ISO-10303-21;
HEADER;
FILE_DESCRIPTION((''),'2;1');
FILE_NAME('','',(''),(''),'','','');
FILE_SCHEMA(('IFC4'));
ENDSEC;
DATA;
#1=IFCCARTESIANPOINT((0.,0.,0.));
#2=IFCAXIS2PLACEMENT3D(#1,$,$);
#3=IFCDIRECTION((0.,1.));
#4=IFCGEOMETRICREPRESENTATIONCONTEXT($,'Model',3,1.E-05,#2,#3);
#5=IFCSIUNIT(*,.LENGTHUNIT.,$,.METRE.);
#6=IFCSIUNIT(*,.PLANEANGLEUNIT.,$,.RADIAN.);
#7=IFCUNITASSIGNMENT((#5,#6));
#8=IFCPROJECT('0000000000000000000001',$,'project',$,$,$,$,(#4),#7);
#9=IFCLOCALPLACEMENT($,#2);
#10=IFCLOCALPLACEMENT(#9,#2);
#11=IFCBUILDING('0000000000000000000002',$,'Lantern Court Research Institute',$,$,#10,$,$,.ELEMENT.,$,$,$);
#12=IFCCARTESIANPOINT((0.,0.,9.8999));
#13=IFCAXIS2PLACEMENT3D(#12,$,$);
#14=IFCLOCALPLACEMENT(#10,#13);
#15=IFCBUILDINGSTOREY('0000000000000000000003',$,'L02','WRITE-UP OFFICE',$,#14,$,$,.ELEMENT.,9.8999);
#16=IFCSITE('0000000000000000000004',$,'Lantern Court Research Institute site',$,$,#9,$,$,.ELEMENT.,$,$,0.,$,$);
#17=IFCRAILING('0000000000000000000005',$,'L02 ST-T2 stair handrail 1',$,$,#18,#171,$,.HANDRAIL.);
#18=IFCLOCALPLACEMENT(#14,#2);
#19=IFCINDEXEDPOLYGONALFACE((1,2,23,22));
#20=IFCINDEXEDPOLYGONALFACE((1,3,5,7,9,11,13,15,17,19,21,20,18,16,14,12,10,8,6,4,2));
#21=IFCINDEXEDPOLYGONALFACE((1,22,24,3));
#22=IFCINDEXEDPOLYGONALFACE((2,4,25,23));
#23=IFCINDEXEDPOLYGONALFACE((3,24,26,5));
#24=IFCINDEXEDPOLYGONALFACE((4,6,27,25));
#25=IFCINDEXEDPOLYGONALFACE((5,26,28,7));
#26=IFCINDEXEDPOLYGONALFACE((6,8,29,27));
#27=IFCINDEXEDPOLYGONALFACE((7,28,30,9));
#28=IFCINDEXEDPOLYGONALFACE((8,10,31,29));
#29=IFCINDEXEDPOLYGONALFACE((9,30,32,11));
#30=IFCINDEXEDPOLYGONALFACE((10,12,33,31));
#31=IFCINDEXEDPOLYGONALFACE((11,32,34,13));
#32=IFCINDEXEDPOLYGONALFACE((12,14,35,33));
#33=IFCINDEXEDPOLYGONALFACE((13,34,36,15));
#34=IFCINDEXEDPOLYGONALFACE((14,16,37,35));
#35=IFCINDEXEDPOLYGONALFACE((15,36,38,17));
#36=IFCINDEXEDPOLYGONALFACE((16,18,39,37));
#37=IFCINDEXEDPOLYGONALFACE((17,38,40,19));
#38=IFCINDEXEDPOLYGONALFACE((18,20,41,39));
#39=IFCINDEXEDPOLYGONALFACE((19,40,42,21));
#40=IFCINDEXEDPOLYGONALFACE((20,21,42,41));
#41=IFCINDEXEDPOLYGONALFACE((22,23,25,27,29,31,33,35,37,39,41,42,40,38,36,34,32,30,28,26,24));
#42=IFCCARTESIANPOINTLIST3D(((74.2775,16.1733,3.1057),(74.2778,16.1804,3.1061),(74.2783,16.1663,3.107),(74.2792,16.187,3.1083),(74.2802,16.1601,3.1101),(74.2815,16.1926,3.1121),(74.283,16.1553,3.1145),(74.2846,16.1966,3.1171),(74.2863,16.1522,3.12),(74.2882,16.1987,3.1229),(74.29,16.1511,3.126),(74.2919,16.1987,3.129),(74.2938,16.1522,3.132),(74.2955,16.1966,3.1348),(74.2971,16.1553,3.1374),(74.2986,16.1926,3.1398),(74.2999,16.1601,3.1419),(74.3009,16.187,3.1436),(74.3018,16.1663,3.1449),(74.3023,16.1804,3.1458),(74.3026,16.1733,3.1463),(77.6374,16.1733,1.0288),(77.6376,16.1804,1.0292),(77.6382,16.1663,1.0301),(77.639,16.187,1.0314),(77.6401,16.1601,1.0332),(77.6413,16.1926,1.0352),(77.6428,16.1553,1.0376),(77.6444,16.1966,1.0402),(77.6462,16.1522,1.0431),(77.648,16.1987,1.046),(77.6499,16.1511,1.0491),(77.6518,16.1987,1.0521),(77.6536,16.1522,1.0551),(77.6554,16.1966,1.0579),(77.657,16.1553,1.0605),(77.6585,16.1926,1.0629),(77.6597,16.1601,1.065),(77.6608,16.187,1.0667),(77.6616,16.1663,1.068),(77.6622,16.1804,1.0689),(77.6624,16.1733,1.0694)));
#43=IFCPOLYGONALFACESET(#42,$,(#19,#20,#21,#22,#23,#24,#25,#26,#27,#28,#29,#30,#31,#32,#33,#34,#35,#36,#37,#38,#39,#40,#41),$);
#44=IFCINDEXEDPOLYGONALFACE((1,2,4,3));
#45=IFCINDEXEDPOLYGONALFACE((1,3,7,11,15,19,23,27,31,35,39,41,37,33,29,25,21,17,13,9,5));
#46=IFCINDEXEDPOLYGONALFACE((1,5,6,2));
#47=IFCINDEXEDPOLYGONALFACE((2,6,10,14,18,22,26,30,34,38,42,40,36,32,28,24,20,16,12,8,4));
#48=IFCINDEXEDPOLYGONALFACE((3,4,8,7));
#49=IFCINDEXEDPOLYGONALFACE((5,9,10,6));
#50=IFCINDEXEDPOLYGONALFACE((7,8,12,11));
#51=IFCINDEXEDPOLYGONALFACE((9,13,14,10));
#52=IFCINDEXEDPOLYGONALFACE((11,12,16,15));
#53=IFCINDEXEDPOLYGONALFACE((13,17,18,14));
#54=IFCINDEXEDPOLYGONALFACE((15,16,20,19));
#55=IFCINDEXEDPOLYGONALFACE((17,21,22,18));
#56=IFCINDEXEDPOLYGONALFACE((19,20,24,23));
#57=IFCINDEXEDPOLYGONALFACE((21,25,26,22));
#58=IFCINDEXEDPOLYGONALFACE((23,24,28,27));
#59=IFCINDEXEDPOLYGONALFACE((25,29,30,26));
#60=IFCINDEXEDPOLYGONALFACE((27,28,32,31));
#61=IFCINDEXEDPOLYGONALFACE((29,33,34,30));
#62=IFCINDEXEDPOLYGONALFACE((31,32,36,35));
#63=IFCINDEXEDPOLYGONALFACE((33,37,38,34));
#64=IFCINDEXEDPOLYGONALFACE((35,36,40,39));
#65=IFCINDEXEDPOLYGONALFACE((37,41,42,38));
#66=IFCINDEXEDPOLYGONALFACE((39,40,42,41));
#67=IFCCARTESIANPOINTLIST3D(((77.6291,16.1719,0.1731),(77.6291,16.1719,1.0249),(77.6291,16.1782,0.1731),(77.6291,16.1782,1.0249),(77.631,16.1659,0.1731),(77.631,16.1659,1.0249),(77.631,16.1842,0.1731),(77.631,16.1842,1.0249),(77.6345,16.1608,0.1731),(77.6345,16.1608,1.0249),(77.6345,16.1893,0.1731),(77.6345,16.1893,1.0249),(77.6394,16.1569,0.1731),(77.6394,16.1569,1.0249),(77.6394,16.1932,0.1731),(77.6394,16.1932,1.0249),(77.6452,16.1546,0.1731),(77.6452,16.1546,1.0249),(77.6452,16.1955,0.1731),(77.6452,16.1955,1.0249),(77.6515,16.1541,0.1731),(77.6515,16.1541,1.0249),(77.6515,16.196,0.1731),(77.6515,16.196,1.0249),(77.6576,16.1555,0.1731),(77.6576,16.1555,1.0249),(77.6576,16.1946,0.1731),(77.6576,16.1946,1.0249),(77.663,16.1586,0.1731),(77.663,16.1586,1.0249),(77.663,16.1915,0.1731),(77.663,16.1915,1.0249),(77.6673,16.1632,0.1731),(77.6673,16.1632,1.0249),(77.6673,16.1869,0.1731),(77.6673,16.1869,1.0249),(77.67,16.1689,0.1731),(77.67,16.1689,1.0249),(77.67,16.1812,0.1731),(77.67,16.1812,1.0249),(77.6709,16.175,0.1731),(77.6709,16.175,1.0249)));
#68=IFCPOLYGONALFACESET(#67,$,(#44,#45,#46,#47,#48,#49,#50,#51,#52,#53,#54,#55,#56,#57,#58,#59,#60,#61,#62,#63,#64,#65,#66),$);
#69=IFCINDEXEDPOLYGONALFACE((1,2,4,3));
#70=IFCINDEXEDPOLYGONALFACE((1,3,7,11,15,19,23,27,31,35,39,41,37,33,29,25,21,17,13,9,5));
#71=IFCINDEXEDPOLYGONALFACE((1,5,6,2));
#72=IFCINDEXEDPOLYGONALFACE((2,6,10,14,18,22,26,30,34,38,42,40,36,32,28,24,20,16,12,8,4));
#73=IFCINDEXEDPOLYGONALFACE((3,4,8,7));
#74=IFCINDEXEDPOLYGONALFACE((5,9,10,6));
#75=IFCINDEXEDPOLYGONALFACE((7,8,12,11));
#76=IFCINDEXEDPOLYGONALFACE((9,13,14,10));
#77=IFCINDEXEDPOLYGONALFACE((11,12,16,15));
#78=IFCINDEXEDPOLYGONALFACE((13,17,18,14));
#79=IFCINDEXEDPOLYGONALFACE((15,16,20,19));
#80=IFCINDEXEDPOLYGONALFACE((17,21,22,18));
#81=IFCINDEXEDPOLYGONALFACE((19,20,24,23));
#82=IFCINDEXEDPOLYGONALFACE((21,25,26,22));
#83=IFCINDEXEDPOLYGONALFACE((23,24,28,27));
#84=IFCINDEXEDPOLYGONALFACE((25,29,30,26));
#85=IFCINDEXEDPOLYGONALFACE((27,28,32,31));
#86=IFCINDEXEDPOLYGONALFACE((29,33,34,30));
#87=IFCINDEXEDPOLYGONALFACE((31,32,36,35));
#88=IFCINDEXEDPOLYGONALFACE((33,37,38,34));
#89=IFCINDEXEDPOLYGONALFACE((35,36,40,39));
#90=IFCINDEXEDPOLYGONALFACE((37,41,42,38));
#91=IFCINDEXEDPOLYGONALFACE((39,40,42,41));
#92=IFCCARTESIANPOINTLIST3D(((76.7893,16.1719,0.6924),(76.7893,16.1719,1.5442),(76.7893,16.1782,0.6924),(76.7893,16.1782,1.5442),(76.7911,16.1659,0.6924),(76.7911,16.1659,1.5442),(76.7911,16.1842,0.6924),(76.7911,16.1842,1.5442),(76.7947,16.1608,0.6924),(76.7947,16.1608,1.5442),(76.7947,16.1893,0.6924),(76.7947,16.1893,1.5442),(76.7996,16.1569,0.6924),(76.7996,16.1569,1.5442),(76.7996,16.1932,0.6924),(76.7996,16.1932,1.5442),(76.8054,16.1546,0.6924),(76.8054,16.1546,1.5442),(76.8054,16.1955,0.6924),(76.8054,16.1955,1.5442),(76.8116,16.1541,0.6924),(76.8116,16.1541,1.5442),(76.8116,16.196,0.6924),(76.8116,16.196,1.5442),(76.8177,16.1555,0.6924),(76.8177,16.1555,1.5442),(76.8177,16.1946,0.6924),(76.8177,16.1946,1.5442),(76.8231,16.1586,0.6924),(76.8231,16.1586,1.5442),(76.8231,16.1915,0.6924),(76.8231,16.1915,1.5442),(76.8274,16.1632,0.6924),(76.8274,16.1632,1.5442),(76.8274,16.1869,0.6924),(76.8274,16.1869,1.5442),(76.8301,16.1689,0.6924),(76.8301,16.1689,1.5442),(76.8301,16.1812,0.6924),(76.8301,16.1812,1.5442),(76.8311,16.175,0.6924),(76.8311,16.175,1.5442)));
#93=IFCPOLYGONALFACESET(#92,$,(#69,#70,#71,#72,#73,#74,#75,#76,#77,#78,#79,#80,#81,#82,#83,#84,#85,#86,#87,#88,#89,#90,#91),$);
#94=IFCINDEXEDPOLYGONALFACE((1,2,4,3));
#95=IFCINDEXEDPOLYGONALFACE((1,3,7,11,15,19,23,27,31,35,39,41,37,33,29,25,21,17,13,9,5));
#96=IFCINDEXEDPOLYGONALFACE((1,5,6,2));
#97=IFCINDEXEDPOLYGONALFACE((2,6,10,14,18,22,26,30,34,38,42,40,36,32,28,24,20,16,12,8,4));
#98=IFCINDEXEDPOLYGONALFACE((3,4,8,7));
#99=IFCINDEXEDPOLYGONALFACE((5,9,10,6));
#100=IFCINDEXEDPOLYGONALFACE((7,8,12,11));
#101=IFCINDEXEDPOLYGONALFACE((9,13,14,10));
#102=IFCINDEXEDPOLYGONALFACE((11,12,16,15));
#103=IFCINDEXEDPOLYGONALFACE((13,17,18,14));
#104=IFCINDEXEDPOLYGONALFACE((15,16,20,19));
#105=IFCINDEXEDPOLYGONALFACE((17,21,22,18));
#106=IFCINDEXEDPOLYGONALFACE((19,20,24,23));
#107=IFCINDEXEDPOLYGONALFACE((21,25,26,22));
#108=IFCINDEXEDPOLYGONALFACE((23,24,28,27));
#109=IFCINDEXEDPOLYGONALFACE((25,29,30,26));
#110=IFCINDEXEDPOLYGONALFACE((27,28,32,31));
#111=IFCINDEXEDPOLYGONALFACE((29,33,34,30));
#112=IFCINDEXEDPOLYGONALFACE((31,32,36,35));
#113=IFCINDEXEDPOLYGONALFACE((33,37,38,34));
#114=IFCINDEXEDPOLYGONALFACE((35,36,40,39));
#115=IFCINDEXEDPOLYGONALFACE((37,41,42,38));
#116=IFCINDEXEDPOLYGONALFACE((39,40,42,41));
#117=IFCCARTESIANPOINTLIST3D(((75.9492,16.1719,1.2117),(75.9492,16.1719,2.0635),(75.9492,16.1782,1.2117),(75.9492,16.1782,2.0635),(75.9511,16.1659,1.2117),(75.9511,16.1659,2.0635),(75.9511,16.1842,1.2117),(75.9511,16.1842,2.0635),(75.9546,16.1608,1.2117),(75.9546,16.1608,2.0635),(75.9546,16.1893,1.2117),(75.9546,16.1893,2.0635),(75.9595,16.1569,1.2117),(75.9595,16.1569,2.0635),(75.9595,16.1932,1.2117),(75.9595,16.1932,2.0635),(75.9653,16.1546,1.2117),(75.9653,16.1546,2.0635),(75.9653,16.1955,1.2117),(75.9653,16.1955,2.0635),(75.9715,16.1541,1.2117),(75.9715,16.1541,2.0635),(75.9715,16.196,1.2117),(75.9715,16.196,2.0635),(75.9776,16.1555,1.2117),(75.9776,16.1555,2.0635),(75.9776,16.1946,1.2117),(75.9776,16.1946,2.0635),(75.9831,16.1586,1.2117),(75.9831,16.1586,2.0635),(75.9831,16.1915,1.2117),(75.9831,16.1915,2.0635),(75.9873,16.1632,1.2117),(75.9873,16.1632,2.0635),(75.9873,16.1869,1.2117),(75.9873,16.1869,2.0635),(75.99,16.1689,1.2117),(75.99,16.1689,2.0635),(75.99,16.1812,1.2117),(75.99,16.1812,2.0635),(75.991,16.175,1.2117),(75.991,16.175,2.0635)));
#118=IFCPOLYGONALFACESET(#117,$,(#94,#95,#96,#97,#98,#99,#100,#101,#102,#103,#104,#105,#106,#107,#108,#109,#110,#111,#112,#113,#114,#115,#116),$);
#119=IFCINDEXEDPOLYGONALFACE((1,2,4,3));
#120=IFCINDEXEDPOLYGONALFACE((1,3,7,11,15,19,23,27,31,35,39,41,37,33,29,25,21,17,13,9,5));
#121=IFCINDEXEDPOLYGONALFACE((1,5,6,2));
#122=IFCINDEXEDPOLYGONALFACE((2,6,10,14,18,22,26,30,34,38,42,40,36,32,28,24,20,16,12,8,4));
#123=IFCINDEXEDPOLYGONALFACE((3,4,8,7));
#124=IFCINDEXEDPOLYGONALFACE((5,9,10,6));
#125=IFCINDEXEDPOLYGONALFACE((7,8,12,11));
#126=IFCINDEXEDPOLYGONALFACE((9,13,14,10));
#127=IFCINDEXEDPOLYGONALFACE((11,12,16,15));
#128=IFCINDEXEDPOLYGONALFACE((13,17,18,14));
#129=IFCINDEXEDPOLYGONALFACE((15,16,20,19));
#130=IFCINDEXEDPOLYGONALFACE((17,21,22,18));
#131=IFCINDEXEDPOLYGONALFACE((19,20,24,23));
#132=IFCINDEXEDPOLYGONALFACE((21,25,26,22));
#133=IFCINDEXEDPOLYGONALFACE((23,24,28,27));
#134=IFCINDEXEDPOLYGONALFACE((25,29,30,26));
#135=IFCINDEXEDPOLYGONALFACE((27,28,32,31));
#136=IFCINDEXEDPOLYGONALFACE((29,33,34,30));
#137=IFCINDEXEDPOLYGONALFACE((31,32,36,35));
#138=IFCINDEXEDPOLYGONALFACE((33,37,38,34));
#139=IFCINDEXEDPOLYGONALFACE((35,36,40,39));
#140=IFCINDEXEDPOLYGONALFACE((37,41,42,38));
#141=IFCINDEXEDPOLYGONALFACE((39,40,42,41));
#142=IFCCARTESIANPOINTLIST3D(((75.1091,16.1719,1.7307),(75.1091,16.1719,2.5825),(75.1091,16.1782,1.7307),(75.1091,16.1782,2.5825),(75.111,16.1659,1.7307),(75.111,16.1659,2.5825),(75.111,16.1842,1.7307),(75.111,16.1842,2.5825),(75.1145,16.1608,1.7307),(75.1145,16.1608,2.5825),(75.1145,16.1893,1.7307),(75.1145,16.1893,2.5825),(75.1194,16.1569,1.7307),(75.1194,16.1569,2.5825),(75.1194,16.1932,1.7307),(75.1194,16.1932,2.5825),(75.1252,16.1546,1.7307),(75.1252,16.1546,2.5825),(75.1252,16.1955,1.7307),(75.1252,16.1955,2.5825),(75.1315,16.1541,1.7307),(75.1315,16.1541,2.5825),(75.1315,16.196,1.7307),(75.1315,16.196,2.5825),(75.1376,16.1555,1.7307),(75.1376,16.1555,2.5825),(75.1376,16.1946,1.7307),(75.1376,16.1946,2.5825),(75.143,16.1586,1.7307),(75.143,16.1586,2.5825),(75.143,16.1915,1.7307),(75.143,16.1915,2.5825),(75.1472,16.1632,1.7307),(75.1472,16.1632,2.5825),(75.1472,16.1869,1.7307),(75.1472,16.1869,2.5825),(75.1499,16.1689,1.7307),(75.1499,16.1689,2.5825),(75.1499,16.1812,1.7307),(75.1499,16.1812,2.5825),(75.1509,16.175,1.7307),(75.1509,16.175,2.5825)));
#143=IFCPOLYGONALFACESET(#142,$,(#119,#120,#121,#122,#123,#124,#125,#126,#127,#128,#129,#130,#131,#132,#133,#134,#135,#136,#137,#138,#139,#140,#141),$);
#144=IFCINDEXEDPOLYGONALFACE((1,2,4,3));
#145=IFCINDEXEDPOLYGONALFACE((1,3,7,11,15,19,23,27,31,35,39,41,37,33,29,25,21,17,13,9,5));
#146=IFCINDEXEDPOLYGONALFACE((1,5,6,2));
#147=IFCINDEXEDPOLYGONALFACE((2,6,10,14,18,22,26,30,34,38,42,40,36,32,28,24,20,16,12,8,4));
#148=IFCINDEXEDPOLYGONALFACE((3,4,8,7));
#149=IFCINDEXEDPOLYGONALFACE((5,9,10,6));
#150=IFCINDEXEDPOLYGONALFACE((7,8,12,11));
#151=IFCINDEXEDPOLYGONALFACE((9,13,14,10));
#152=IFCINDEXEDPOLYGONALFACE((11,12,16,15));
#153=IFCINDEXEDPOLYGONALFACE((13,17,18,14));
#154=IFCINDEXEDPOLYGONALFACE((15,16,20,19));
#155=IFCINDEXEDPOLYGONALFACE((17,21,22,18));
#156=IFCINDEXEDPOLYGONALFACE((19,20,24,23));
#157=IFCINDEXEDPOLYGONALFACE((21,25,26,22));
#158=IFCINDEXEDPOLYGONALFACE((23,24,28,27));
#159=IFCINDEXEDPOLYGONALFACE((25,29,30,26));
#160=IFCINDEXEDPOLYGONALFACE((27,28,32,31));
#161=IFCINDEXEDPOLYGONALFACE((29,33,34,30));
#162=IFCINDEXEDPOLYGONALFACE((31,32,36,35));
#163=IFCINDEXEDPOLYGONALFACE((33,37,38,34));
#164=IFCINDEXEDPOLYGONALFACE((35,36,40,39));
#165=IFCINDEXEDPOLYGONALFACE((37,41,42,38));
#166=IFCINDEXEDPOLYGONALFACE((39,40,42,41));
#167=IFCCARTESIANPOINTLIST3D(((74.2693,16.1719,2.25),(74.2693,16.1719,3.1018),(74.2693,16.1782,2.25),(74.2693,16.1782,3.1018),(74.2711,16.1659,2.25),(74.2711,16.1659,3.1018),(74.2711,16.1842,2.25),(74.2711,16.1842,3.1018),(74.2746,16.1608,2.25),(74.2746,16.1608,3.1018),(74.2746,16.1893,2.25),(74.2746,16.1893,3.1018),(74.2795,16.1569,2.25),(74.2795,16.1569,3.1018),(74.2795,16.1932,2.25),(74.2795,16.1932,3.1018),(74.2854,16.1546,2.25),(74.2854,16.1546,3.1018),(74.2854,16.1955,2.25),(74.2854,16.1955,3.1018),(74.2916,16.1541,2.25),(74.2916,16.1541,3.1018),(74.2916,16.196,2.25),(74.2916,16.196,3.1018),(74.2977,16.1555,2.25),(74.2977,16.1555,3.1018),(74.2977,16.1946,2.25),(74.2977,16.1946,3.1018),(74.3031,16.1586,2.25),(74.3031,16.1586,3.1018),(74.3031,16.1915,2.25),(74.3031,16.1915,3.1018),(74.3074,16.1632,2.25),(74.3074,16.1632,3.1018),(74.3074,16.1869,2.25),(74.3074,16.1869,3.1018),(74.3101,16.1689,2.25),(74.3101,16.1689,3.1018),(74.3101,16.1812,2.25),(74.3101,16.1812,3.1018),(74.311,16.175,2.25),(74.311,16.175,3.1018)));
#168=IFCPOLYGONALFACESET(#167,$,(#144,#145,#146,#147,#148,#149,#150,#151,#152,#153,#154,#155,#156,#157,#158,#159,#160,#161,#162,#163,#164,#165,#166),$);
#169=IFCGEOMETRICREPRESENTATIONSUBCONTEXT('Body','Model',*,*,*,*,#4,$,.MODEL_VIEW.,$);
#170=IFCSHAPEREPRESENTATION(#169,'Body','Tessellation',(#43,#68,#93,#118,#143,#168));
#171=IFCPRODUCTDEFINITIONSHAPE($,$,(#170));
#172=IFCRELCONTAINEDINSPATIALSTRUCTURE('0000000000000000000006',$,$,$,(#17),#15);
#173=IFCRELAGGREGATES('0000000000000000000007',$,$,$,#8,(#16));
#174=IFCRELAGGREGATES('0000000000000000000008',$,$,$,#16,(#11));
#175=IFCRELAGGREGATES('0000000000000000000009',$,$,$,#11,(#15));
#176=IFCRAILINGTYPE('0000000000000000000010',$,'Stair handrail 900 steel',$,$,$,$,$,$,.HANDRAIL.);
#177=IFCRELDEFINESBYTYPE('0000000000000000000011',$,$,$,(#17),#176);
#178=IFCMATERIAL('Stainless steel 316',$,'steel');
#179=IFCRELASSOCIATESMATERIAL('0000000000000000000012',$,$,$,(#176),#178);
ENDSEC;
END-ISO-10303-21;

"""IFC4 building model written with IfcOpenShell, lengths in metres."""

from ifc_helpers import new_model, si_unit, direction, frame, origin, origin_2d, place, context, subcontext, project, spatial, circle, extrude, material, type_object, element, save


model = new_model("IFC4")

# Units and contexts
model_context = context("Model", 3, precision=1e-05, world=origin(), true_north=direction((0.0, 1.0)))
body_context = subcontext(model_context, "Body", "Model", "MODEL_VIEW")
ifc_project = project(units=[si_unit("LENGTHUNIT", "METRE"), si_unit("PLANEANGLEUNIT", "RADIAN")], contexts=[model_context])

# Site, building, storey
site_placement = place(None, origin())
site = spatial("IfcSite", under=ifc_project, at=site_placement, Name="Lantern Court Research Institute site", CompositionType="ELEMENT", RefElevation=0.0)
building_placement = place(site_placement, origin())
building = spatial("IfcBuilding", under=site, at=building_placement, Name="Lantern Court Research Institute", CompositionType="ELEMENT")
storey_placement = place(building_placement, frame((0.0, 0.0, 9.8999)))
storey = spatial("IfcBuildingStorey", under=building, at=storey_placement, Name="L02", Description="WRITE-UP OFFICE", CompositionType="ELEMENT", Elevation=9.8999)

# Railing
ifc_material_1 = material(Name="Stainless steel 316", Category="steel")
railing_type_1 = type_object("IfcRailingType", Name="Stair handrail 900 steel", PredefinedType="HANDRAIL", material=ifc_material_1)
railing_1_placement = place(storey_placement, frame((77.6499, 16.175, 0.1731)))
element("IfcRailing", 1, at=railing_1_placement, inside=storey, type_object=railing_type_1, Name="L02 ST-T2 stair handrail 1", PredefinedType="HANDRAIL", context=body_context, shape_type="SweptSolid", body=[
    extrude(circle(Radius=0.0239, at=origin_2d()), frame((0.0, 0.0, 0.876), z_axis=(-0.850606, 0.0, 0.525803), x_axis=(0.0, -1.0, 0.0)), (0.0, 0.0, 1.0), 3.95),
    extrude(circle(Radius=0.021, at=origin_2d()), origin(), (0.0, 0.0, 1.0), 0.8518),
    extrude(circle(Radius=0.021, at=origin_2d()), frame((-0.8398, 0.0, 0.5193)), (0.0, 0.0, 1.0), 0.8518),
    extrude(circle(Radius=0.021, at=origin_2d()), frame((-1.6799, 0.0, 1.0386)), (0.0, 0.0, 1.0), 0.8518),
    extrude(circle(Radius=0.021, at=origin_2d()), frame((-2.52, 0.0, 1.5576)), (0.0, 0.0, 1.0), 0.8518),
    extrude(circle(Radius=0.021, at=origin_2d()), frame((-3.3599, 0.0, 2.0769)), (0.0, 0.0, 1.0), 0.8518),
])

save(model, "model.ifc")
